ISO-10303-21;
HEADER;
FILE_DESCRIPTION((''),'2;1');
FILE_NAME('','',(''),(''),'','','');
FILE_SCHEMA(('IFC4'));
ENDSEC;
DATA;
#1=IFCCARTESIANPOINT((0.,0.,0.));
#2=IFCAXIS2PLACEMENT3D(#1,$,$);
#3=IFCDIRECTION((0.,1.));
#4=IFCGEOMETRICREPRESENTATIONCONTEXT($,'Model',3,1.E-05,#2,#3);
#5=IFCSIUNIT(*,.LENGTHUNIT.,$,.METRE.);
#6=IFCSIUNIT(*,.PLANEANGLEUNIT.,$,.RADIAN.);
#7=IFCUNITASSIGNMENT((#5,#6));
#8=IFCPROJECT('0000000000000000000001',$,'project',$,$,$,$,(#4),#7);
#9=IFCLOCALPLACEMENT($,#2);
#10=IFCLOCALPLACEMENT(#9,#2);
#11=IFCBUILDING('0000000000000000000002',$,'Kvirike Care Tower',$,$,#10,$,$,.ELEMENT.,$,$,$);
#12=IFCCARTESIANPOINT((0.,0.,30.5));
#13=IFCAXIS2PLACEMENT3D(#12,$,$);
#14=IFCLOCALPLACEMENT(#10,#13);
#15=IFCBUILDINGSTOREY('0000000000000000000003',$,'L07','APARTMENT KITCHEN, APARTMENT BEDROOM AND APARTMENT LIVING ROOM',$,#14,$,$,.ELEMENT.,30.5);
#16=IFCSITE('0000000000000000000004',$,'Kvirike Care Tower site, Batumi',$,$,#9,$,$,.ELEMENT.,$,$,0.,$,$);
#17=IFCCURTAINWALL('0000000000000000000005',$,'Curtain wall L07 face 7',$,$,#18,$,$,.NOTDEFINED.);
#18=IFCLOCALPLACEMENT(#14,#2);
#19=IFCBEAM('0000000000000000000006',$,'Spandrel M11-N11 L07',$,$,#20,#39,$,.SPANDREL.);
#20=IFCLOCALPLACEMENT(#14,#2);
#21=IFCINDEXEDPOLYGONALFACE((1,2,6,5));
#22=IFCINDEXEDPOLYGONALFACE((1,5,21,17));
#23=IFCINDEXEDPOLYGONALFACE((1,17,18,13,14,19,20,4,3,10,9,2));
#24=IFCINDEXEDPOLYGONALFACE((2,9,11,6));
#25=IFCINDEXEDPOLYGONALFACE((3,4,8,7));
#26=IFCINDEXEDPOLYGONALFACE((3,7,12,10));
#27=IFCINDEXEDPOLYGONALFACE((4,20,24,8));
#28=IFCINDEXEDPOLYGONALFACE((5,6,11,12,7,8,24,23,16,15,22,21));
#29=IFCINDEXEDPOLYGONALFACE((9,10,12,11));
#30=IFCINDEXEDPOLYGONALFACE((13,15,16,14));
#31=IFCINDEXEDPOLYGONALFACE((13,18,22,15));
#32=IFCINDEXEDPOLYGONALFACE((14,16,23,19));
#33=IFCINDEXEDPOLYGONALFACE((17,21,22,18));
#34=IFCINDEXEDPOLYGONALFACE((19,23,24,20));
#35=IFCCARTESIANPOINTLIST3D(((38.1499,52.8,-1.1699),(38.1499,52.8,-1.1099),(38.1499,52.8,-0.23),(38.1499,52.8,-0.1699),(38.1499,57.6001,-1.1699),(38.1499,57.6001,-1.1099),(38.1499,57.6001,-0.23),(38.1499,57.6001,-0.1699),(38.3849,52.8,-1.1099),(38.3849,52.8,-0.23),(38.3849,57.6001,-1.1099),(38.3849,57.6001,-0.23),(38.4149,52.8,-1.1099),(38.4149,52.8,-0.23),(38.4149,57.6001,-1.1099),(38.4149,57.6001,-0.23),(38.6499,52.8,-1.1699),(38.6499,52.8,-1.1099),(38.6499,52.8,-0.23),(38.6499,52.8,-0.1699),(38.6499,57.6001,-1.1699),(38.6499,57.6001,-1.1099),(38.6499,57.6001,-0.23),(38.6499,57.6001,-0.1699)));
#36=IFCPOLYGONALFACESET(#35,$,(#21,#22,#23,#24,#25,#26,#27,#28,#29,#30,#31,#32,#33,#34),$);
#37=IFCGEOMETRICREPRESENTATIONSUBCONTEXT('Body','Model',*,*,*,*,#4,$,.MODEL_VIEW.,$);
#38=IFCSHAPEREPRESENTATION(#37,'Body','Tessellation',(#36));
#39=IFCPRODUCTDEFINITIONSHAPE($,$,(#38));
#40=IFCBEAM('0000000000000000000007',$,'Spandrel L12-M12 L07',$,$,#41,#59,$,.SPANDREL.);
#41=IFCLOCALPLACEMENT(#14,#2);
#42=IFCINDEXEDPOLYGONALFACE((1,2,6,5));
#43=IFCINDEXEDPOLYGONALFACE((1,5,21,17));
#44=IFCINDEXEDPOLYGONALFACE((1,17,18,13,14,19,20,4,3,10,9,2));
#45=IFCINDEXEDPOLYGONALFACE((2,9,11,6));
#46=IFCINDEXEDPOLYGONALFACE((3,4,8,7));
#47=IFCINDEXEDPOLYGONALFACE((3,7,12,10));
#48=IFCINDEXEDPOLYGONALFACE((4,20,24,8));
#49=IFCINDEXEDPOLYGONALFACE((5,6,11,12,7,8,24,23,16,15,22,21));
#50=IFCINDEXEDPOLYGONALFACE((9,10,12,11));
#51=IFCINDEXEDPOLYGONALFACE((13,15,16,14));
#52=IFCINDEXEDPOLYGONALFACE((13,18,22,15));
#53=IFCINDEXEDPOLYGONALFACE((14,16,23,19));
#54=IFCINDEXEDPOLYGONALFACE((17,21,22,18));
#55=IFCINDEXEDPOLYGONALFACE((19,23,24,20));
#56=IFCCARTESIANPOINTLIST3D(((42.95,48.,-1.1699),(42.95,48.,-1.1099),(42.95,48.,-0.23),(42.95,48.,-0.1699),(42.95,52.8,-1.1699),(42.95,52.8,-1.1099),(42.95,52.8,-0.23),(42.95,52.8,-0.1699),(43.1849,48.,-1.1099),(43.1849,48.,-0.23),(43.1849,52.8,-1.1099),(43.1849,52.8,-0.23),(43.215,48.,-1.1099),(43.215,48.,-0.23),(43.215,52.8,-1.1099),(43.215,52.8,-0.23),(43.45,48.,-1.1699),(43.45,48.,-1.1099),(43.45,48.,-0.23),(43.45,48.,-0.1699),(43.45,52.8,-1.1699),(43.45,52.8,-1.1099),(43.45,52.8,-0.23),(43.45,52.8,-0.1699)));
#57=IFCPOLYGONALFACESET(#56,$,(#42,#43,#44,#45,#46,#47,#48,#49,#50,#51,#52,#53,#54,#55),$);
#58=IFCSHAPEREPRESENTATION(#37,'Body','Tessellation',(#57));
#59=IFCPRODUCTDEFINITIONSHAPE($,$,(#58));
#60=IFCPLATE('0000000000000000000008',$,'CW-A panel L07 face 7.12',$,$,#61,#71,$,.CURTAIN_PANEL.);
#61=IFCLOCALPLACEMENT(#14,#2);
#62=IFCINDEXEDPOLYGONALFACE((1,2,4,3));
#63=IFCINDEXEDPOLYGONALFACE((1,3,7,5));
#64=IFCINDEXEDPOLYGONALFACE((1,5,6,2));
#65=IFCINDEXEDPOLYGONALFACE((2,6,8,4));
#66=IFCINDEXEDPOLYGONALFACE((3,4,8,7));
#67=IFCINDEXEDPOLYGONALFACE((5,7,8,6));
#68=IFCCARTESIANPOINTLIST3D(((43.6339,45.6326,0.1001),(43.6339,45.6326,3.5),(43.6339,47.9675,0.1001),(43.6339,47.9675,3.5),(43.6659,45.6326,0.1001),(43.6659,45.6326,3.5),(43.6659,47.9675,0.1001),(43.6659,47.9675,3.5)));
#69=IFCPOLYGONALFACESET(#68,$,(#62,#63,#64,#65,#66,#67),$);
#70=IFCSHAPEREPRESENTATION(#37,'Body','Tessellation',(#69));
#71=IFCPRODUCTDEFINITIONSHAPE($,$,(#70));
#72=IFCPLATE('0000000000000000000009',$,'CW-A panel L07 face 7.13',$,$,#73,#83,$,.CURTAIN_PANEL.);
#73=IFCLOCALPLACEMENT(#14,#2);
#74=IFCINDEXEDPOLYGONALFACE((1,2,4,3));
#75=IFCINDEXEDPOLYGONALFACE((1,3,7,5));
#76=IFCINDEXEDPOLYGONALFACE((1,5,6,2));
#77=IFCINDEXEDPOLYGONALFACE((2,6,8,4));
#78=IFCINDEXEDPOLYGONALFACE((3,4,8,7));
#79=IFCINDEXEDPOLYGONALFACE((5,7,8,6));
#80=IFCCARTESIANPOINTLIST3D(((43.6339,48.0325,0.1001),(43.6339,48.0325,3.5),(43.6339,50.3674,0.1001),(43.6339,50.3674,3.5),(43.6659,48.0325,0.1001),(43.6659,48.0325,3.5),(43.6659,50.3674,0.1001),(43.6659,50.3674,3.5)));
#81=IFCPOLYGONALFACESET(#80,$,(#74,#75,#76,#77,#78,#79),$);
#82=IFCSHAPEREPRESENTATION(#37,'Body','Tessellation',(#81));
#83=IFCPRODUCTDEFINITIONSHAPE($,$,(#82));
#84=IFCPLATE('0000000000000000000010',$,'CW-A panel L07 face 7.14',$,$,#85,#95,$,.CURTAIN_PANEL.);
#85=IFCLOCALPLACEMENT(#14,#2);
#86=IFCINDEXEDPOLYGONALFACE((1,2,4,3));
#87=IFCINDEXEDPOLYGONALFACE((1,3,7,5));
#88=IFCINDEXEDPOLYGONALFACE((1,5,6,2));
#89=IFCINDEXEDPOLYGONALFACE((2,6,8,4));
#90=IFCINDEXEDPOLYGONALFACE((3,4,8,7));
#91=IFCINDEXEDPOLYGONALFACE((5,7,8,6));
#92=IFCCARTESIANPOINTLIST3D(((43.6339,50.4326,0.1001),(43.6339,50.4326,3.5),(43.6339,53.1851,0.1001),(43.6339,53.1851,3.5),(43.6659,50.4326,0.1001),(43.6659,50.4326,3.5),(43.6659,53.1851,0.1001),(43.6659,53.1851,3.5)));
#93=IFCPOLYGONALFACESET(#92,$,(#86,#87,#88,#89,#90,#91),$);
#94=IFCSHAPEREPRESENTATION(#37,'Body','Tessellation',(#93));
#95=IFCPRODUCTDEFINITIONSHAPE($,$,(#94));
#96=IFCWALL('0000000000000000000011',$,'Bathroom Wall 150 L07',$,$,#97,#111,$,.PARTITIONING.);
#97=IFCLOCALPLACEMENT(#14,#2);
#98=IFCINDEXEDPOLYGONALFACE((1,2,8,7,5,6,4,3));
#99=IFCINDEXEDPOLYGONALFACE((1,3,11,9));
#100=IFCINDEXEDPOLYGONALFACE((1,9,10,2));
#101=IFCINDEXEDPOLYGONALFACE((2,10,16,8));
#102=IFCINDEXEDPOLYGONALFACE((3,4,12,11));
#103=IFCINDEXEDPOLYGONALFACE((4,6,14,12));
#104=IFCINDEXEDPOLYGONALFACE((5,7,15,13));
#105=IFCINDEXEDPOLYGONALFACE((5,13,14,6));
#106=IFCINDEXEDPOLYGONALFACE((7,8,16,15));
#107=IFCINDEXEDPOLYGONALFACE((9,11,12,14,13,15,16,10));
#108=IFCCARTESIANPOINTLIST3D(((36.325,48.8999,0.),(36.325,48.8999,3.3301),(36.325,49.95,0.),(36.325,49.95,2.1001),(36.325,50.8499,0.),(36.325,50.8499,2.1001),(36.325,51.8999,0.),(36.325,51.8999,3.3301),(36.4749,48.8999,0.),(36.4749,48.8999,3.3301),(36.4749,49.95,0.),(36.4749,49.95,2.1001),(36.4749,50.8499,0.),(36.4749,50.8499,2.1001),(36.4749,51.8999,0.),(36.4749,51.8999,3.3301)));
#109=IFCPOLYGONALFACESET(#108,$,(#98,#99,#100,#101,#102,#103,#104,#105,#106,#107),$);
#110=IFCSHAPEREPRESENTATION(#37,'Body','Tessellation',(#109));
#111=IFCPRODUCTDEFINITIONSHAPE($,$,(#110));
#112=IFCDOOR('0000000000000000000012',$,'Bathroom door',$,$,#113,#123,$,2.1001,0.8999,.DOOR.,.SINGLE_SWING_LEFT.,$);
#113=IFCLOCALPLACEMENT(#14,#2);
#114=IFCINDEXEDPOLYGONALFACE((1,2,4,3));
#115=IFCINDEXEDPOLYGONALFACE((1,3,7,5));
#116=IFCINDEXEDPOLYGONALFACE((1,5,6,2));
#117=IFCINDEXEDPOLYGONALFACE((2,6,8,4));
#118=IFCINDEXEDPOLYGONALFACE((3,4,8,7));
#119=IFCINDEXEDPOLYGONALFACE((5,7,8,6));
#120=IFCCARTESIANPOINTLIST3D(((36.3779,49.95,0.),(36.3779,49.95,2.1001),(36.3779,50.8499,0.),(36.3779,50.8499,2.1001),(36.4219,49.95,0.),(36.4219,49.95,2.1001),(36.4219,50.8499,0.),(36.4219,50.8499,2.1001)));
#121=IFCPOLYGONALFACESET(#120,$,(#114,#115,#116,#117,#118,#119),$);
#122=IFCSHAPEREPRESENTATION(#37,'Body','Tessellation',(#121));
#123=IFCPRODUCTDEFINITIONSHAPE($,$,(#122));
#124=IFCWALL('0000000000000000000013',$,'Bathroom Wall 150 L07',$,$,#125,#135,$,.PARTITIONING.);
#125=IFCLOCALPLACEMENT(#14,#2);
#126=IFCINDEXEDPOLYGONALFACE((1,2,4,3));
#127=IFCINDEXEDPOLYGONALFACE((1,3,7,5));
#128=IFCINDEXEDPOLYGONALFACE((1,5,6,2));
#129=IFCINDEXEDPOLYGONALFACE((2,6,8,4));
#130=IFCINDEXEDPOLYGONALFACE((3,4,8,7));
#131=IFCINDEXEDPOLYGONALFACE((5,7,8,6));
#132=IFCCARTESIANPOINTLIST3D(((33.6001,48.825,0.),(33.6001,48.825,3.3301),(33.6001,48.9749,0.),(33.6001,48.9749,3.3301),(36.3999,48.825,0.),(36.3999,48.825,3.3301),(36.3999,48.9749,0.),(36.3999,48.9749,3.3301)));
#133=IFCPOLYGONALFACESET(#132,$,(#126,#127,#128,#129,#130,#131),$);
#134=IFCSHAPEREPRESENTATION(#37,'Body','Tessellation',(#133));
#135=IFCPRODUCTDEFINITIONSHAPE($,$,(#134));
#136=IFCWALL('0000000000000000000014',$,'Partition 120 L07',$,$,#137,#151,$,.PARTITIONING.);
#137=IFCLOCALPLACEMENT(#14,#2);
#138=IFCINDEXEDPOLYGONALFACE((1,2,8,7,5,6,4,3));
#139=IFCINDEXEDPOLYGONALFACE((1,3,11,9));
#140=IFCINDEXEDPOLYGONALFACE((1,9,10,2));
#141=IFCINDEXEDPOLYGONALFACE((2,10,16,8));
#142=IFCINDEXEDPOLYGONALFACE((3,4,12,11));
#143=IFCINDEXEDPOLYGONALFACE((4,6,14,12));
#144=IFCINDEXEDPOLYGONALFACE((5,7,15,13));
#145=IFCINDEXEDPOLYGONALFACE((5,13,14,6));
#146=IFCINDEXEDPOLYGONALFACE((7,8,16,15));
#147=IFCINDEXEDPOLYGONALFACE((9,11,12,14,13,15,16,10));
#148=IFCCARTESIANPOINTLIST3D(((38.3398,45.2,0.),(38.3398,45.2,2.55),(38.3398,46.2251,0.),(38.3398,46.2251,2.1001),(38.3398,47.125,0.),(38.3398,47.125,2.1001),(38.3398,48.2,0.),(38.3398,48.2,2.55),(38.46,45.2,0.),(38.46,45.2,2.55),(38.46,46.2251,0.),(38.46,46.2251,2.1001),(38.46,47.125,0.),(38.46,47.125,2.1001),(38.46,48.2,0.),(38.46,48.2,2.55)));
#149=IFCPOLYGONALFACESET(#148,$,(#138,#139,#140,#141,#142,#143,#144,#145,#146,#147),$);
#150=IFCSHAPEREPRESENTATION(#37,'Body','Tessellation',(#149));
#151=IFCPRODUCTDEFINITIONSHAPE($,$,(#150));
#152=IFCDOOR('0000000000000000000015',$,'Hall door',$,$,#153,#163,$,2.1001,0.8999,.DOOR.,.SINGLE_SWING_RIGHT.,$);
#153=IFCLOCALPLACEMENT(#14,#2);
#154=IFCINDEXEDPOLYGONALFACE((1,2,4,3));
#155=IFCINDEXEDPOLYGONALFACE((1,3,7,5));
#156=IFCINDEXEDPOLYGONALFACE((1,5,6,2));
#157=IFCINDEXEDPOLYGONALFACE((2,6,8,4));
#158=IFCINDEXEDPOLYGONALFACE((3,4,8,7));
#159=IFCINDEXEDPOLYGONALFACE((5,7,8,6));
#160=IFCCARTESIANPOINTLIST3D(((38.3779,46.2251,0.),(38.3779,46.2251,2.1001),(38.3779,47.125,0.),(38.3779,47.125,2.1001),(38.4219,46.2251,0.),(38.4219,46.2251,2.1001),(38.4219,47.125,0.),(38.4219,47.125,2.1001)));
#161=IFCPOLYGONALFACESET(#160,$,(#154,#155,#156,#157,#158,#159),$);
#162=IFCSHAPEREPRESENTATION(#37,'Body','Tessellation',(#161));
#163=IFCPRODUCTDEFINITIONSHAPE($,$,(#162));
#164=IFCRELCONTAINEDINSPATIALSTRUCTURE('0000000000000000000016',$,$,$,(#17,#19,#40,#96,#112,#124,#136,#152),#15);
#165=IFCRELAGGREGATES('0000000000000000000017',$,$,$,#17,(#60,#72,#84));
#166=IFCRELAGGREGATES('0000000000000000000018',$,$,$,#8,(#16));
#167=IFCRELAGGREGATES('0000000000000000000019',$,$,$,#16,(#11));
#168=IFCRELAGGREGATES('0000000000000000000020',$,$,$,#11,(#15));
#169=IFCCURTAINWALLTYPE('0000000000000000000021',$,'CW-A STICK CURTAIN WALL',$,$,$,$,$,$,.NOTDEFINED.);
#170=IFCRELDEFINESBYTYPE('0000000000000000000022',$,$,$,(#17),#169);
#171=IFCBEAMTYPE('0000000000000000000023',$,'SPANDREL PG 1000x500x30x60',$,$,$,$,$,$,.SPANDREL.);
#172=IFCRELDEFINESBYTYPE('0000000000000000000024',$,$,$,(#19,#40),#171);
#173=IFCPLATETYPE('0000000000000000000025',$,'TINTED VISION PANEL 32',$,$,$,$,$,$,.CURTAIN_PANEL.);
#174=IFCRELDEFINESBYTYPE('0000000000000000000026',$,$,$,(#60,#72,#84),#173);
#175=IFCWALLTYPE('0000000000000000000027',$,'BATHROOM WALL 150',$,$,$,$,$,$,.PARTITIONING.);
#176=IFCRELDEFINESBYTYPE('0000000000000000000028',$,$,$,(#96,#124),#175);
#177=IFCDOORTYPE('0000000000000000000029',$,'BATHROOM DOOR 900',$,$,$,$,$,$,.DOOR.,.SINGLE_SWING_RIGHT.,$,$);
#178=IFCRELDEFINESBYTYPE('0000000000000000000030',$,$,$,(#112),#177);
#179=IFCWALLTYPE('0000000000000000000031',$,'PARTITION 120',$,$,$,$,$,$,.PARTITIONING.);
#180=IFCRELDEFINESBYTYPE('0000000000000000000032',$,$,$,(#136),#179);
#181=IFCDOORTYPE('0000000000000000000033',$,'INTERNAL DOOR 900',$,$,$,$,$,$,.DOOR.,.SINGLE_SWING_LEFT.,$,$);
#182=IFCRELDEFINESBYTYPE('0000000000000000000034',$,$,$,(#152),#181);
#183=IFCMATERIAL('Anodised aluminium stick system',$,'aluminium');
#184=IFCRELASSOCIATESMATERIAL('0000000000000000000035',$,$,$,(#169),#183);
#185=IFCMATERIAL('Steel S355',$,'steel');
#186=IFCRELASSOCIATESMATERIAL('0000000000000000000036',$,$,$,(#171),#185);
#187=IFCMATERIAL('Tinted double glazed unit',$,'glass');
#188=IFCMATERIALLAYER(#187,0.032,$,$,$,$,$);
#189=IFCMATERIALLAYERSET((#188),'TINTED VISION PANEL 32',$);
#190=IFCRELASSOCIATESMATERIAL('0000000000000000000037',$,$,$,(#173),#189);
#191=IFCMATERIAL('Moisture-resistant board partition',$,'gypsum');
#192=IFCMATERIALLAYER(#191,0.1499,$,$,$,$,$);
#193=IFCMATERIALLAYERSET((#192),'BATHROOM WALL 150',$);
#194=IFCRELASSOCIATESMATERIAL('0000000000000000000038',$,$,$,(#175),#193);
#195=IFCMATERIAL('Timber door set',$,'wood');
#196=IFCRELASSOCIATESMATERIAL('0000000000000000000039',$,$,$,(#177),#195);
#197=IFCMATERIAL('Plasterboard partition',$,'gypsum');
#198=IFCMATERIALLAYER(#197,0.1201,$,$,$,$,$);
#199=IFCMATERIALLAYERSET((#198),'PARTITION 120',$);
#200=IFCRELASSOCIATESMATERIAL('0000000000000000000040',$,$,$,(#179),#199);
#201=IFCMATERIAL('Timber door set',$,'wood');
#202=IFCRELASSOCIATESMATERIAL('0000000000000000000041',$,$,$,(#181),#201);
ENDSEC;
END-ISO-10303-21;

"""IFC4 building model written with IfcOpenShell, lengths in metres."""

from ifc_helpers import new_model, si_unit, direction, frame, frame_2d, origin, origin_2d, place, context, subcontext, project, spatial, rectangle, i_section, extrude, material, layer, layer_set, material_profile, profile_set, type_object, element, fill, aggregate, save


model = new_model("IFC4")

# Units and contexts
model_context = context("Model", 3, precision=1e-05, world=origin(), true_north=direction((0.0, 1.0)))
body_context = subcontext(model_context, "Body", "Model", "MODEL_VIEW")
ifc_project = project(units=[si_unit("LENGTHUNIT", "METRE"), si_unit("PLANEANGLEUNIT", "RADIAN")], contexts=[model_context])

# Site, building, storey
site_placement = place(None, origin())
site = spatial("IfcSite", under=ifc_project, at=site_placement, Name="Kvirike Care Tower site, Batumi", CompositionType="ELEMENT", RefElevation=0.0)
building_placement = place(site_placement, origin())
building = spatial("IfcBuilding", under=site, at=building_placement, Name="Kvirike Care Tower", CompositionType="ELEMENT")
storey_placement = place(building_placement, frame((0.0, 0.0, 30.5)))
storey = spatial("IfcBuildingStorey", under=building, at=storey_placement, Name="L07", Description="APARTMENT KITCHEN, APARTMENT BEDROOM AND APARTMENT LIVING ROOM", CompositionType="ELEMENT", Elevation=30.5)

# Curtain wall
ifc_material_1 = material(Name="Anodised aluminium stick system", Category="aluminium")
curtain_wall_type = type_object("IfcCurtainWallType", Name="CW-A STICK CURTAIN WALL", PredefinedType="NOTDEFINED", material=ifc_material_1)
curtain_wall_placement = place(storey_placement, origin())
curtain_wall = element("IfcCurtainWall", 1, at=curtain_wall_placement, inside=storey, type_object=curtain_wall_type, Name="Curtain wall L07 face 7", PredefinedType="NOTDEFINED")

# Beams
ifc_material_2 = material(Name="Steel S355", Category="steel")
ifc_material_profile_1 = material_profile(ifc_material_2, i_section(OverallWidth=0.5, OverallDepth=1.0, WebThickness=0.03, FlangeThickness=0.0601, at=origin_2d()), Name="PG 1000x500x30x60")
ifc_profile_set_1 = profile_set([ifc_material_profile_1], Name="Steel S355")
beam_type = type_object("IfcBeamType", Name="SPANDREL PG 1000x500x30x60", PredefinedType="SPANDREL", material=ifc_profile_set_1)
for number, where, z_axis, x_axis, name in (
    (2, (38.3999, 52.8, -0.6699), (0.0, 1.0, 0.0), (-1.0, 0.0, 0.0), "Spandrel M11-N11 L07"),
    (3, (43.2, 48.0, -0.6699), (0.0, 1.0, 0.0), (-1.0, 0.0, 0.0), "Spandrel L12-M12 L07"),
):
    element("IfcBeam", number, at=place(storey_placement, frame(where, z_axis=z_axis, x_axis=x_axis)), inside=storey, type_object=beam_type, Name=name, PredefinedType="SPANDREL", context=body_context, shape_type="SweptSolid", body=[
        extrude(i_section(OverallWidth=0.5, OverallDepth=1.0, WebThickness=0.03, FlangeThickness=0.0601, at=origin_2d()), origin(), (0.0, 0.0, 1.0), 4.8),
    ])

# Plates
ifc_material_3 = material(Name="Tinted double glazed unit", Category="glass")
ifc_layer_1 = layer(ifc_material_3, 0.032)
ifc_layer_set_1 = layer_set([ifc_layer_1], Name="TINTED VISION PANEL 32")
plate_type = type_object("IfcPlateType", Name="TINTED VISION PANEL 32", PredefinedType="CURTAIN_PANEL", material=ifc_layer_set_1)
plate_1_placement = place(storey_placement, frame((43.6499, 46.8, 0.1001), z_axis=(0.0, 0.0, 1.0), x_axis=(0.0, 1.0, 0.0)))
plate_1 = element("IfcPlate", 4, at=plate_1_placement, type_object=plate_type, Name="CW-A panel L07 face 7.12", PredefinedType="CURTAIN_PANEL", context=body_context, shape_type="SweptSolid", body=[
    extrude(rectangle(XDim=2.335, YDim=0.032, at=origin_2d()), origin(), (0.0, 0.0, 1.0), 3.3999),
])
plate_2_placement = place(storey_placement, frame((43.6499, 49.2, 0.1001), z_axis=(0.0, 0.0, 1.0), x_axis=(0.0, 1.0, 0.0)))
plate_2 = element("IfcPlate", 5, at=plate_2_placement, type_object=plate_type, Name="CW-A panel L07 face 7.13", PredefinedType="CURTAIN_PANEL", context=body_context, shape_type="SweptSolid", body=[
    extrude(rectangle(XDim=2.335, YDim=0.032, at=origin_2d()), origin(), (0.0, 0.0, 1.0), 3.3999),
])
plate_3_placement = place(storey_placement, frame((43.6499, 51.8088, 0.1001), z_axis=(0.0, 0.0, 1.0), x_axis=(0.0, 1.0, 0.0)))
plate_3 = element("IfcPlate", 6, at=plate_3_placement, type_object=plate_type, Name="CW-A panel L07 face 7.14", PredefinedType="CURTAIN_PANEL", context=body_context, shape_type="SweptSolid", body=[
    extrude(rectangle(XDim=2.7524, YDim=0.032, at=origin_2d()), origin(), (0.0, 0.0, 1.0), 3.3999),
])
aggregate(curtain_wall, [plate_1, plate_2, plate_3])

# Wall, opening, door
ifc_material_4 = material(Name="Moisture-resistant board partition", Category="gypsum")
ifc_layer_2 = layer(ifc_material_4, 0.1499)
ifc_layer_set_2 = layer_set([ifc_layer_2], Name="BATHROOM WALL 150")
wall_type_1 = type_object("IfcWallType", Name="BATHROOM WALL 150", PredefinedType="PARTITIONING", material=ifc_layer_set_2)
wall_1_placement = place(storey_placement, frame((36.3999, 51.8999, 0.0), z_axis=(0.0, 0.0, 1.0), x_axis=(0.0, -1.0, 0.0)))
wall_1 = element("IfcWall", 7, at=wall_1_placement, inside=storey, type_object=wall_type_1, Name="Bathroom Wall 150 L07", PredefinedType="PARTITIONING", context=body_context, shape_type="SweptSolid", body=[
    extrude(rectangle(XDim=3.0, YDim=0.1499, at=frame_2d((1.5, 0.0))), origin(), (0.0, 0.0, 1.0), 3.3301),
])
opening_1_placement = place(wall_1_placement, frame((1.05, 0.0, 0.0)))
opening_1 = element("IfcOpeningElement", 8, at=opening_1_placement, cuts=wall_1, PredefinedType="OPENING", context=body_context, shape_type="SweptSolid", body=[
    extrude(rectangle(XDim=0.8999, YDim=2.1001, at=frame_2d((0.45, 1.05))), frame((0.0, 0.0854, 0.0), z_axis=(0.0, -1.0, 0.0), x_axis=(1.0, 0.0, 0.0)), (0.0, 0.0, 1.0), 0.1709),
])
ifc_material_5 = material(Name="Timber door set", Category="wood")
door_type_1 = type_object("IfcDoorType", Name="BATHROOM DOOR 900", OperationType="SINGLE_SWING_RIGHT", PredefinedType="DOOR", material=ifc_material_5)
door_1_placement = place(opening_1_placement, frame((0.8999, 0.0, 0.0), z_axis=(0.0, 0.0, 1.0), x_axis=(-1.0, 0.0, 0.0)))
door_1 = element("IfcDoor", 9, at=door_1_placement, inside=storey, type_object=door_type_1, Name="Bathroom door", OperationType="SINGLE_SWING_LEFT", OverallHeight=2.1001, OverallWidth=0.8999, PredefinedType="DOOR", context=body_context, shape_type="SweptSolid", body=[
    extrude(rectangle(XDim=0.8999, YDim=2.1001, at=frame_2d((0.45, 1.05))), frame((0.0, 0.022, 0.0), z_axis=(0.0, -1.0, 0.0), x_axis=(1.0, 0.0, 0.0)), (0.0, 0.0, 1.0), 0.0439),
])
fill(opening_1, door_1)

# Wall
wall_2_placement = place(storey_placement, frame((36.3999, 48.8999, 0.0), z_axis=(0.0, 0.0, 1.0), x_axis=(-1.0, 0.0, 0.0)))
element("IfcWall", 10, at=wall_2_placement, inside=storey, type_object=wall_type_1, Name="Bathroom Wall 150 L07", PredefinedType="PARTITIONING", context=body_context, shape_type="SweptSolid", body=[
    extrude(rectangle(XDim=2.7998, YDim=0.1499, at=frame_2d((1.3999, 0.0))), origin(), (0.0, 0.0, 1.0), 3.3301),
])

# Wall, opening, door
ifc_material_6 = material(Name="Plasterboard partition", Category="gypsum")
ifc_layer_3 = layer(ifc_material_6, 0.1201)
ifc_layer_set_3 = layer_set([ifc_layer_3], Name="PARTITION 120")
wall_type_2 = type_object("IfcWallType", Name="PARTITION 120", PredefinedType="PARTITIONING", material=ifc_layer_set_3)
wall_3_placement = place(storey_placement, frame((38.3999, 48.2, 0.0), z_axis=(0.0, 0.0, 1.0), x_axis=(0.0, -1.0, 0.0)))
wall_3 = element("IfcWall", 11, at=wall_3_placement, inside=storey, type_object=wall_type_2, Name="Partition 120 L07", PredefinedType="PARTITIONING", context=body_context, shape_type="SweptSolid", body=[
    extrude(rectangle(XDim=3.0, YDim=0.1201, at=frame_2d((1.5, 0.0))), origin(), (0.0, 0.0, 1.0), 2.55),
])
opening_2_placement = place(wall_3_placement, frame((1.075, 0.0, 0.0)))
opening_2 = element("IfcOpeningElement", 12, at=opening_2_placement, cuts=wall_3, PredefinedType="OPENING", context=body_context, shape_type="SweptSolid", body=[
    extrude(rectangle(XDim=0.8999, YDim=2.1001, at=frame_2d((0.45, 1.05))), frame((0.0, 0.0706, 0.0), z_axis=(0.0, -1.0, 0.0), x_axis=(1.0, 0.0, 0.0)), (0.0, 0.0, 1.0), 0.1411),
])
ifc_material_7 = material(Name="Timber door set", Category="wood")
door_type_2 = type_object("IfcDoorType", Name="INTERNAL DOOR 900", OperationType="SINGLE_SWING_LEFT", PredefinedType="DOOR", material=ifc_material_7)
door_2_placement = place(opening_2_placement, frame((0.8999, 0.0, 0.0), z_axis=(0.0, 0.0, 1.0), x_axis=(-1.0, 0.0, 0.0)))
door_2 = element("IfcDoor", 13, at=door_2_placement, inside=storey, type_object=door_type_2, Name="Hall door", OperationType="SINGLE_SWING_RIGHT", OverallHeight=2.1001, OverallWidth=0.8999, PredefinedType="DOOR", context=body_context, shape_type="SweptSolid", body=[
    extrude(rectangle(XDim=0.8999, YDim=2.1001, at=frame_2d((0.45, 1.05))), frame((0.0, 0.022, 0.0), z_axis=(0.0, -1.0, 0.0), x_axis=(1.0, 0.0, 0.0)), (0.0, 0.0, 1.0), 0.0439),
])
fill(opening_2, door_2)

save(model, "model.ifc")
